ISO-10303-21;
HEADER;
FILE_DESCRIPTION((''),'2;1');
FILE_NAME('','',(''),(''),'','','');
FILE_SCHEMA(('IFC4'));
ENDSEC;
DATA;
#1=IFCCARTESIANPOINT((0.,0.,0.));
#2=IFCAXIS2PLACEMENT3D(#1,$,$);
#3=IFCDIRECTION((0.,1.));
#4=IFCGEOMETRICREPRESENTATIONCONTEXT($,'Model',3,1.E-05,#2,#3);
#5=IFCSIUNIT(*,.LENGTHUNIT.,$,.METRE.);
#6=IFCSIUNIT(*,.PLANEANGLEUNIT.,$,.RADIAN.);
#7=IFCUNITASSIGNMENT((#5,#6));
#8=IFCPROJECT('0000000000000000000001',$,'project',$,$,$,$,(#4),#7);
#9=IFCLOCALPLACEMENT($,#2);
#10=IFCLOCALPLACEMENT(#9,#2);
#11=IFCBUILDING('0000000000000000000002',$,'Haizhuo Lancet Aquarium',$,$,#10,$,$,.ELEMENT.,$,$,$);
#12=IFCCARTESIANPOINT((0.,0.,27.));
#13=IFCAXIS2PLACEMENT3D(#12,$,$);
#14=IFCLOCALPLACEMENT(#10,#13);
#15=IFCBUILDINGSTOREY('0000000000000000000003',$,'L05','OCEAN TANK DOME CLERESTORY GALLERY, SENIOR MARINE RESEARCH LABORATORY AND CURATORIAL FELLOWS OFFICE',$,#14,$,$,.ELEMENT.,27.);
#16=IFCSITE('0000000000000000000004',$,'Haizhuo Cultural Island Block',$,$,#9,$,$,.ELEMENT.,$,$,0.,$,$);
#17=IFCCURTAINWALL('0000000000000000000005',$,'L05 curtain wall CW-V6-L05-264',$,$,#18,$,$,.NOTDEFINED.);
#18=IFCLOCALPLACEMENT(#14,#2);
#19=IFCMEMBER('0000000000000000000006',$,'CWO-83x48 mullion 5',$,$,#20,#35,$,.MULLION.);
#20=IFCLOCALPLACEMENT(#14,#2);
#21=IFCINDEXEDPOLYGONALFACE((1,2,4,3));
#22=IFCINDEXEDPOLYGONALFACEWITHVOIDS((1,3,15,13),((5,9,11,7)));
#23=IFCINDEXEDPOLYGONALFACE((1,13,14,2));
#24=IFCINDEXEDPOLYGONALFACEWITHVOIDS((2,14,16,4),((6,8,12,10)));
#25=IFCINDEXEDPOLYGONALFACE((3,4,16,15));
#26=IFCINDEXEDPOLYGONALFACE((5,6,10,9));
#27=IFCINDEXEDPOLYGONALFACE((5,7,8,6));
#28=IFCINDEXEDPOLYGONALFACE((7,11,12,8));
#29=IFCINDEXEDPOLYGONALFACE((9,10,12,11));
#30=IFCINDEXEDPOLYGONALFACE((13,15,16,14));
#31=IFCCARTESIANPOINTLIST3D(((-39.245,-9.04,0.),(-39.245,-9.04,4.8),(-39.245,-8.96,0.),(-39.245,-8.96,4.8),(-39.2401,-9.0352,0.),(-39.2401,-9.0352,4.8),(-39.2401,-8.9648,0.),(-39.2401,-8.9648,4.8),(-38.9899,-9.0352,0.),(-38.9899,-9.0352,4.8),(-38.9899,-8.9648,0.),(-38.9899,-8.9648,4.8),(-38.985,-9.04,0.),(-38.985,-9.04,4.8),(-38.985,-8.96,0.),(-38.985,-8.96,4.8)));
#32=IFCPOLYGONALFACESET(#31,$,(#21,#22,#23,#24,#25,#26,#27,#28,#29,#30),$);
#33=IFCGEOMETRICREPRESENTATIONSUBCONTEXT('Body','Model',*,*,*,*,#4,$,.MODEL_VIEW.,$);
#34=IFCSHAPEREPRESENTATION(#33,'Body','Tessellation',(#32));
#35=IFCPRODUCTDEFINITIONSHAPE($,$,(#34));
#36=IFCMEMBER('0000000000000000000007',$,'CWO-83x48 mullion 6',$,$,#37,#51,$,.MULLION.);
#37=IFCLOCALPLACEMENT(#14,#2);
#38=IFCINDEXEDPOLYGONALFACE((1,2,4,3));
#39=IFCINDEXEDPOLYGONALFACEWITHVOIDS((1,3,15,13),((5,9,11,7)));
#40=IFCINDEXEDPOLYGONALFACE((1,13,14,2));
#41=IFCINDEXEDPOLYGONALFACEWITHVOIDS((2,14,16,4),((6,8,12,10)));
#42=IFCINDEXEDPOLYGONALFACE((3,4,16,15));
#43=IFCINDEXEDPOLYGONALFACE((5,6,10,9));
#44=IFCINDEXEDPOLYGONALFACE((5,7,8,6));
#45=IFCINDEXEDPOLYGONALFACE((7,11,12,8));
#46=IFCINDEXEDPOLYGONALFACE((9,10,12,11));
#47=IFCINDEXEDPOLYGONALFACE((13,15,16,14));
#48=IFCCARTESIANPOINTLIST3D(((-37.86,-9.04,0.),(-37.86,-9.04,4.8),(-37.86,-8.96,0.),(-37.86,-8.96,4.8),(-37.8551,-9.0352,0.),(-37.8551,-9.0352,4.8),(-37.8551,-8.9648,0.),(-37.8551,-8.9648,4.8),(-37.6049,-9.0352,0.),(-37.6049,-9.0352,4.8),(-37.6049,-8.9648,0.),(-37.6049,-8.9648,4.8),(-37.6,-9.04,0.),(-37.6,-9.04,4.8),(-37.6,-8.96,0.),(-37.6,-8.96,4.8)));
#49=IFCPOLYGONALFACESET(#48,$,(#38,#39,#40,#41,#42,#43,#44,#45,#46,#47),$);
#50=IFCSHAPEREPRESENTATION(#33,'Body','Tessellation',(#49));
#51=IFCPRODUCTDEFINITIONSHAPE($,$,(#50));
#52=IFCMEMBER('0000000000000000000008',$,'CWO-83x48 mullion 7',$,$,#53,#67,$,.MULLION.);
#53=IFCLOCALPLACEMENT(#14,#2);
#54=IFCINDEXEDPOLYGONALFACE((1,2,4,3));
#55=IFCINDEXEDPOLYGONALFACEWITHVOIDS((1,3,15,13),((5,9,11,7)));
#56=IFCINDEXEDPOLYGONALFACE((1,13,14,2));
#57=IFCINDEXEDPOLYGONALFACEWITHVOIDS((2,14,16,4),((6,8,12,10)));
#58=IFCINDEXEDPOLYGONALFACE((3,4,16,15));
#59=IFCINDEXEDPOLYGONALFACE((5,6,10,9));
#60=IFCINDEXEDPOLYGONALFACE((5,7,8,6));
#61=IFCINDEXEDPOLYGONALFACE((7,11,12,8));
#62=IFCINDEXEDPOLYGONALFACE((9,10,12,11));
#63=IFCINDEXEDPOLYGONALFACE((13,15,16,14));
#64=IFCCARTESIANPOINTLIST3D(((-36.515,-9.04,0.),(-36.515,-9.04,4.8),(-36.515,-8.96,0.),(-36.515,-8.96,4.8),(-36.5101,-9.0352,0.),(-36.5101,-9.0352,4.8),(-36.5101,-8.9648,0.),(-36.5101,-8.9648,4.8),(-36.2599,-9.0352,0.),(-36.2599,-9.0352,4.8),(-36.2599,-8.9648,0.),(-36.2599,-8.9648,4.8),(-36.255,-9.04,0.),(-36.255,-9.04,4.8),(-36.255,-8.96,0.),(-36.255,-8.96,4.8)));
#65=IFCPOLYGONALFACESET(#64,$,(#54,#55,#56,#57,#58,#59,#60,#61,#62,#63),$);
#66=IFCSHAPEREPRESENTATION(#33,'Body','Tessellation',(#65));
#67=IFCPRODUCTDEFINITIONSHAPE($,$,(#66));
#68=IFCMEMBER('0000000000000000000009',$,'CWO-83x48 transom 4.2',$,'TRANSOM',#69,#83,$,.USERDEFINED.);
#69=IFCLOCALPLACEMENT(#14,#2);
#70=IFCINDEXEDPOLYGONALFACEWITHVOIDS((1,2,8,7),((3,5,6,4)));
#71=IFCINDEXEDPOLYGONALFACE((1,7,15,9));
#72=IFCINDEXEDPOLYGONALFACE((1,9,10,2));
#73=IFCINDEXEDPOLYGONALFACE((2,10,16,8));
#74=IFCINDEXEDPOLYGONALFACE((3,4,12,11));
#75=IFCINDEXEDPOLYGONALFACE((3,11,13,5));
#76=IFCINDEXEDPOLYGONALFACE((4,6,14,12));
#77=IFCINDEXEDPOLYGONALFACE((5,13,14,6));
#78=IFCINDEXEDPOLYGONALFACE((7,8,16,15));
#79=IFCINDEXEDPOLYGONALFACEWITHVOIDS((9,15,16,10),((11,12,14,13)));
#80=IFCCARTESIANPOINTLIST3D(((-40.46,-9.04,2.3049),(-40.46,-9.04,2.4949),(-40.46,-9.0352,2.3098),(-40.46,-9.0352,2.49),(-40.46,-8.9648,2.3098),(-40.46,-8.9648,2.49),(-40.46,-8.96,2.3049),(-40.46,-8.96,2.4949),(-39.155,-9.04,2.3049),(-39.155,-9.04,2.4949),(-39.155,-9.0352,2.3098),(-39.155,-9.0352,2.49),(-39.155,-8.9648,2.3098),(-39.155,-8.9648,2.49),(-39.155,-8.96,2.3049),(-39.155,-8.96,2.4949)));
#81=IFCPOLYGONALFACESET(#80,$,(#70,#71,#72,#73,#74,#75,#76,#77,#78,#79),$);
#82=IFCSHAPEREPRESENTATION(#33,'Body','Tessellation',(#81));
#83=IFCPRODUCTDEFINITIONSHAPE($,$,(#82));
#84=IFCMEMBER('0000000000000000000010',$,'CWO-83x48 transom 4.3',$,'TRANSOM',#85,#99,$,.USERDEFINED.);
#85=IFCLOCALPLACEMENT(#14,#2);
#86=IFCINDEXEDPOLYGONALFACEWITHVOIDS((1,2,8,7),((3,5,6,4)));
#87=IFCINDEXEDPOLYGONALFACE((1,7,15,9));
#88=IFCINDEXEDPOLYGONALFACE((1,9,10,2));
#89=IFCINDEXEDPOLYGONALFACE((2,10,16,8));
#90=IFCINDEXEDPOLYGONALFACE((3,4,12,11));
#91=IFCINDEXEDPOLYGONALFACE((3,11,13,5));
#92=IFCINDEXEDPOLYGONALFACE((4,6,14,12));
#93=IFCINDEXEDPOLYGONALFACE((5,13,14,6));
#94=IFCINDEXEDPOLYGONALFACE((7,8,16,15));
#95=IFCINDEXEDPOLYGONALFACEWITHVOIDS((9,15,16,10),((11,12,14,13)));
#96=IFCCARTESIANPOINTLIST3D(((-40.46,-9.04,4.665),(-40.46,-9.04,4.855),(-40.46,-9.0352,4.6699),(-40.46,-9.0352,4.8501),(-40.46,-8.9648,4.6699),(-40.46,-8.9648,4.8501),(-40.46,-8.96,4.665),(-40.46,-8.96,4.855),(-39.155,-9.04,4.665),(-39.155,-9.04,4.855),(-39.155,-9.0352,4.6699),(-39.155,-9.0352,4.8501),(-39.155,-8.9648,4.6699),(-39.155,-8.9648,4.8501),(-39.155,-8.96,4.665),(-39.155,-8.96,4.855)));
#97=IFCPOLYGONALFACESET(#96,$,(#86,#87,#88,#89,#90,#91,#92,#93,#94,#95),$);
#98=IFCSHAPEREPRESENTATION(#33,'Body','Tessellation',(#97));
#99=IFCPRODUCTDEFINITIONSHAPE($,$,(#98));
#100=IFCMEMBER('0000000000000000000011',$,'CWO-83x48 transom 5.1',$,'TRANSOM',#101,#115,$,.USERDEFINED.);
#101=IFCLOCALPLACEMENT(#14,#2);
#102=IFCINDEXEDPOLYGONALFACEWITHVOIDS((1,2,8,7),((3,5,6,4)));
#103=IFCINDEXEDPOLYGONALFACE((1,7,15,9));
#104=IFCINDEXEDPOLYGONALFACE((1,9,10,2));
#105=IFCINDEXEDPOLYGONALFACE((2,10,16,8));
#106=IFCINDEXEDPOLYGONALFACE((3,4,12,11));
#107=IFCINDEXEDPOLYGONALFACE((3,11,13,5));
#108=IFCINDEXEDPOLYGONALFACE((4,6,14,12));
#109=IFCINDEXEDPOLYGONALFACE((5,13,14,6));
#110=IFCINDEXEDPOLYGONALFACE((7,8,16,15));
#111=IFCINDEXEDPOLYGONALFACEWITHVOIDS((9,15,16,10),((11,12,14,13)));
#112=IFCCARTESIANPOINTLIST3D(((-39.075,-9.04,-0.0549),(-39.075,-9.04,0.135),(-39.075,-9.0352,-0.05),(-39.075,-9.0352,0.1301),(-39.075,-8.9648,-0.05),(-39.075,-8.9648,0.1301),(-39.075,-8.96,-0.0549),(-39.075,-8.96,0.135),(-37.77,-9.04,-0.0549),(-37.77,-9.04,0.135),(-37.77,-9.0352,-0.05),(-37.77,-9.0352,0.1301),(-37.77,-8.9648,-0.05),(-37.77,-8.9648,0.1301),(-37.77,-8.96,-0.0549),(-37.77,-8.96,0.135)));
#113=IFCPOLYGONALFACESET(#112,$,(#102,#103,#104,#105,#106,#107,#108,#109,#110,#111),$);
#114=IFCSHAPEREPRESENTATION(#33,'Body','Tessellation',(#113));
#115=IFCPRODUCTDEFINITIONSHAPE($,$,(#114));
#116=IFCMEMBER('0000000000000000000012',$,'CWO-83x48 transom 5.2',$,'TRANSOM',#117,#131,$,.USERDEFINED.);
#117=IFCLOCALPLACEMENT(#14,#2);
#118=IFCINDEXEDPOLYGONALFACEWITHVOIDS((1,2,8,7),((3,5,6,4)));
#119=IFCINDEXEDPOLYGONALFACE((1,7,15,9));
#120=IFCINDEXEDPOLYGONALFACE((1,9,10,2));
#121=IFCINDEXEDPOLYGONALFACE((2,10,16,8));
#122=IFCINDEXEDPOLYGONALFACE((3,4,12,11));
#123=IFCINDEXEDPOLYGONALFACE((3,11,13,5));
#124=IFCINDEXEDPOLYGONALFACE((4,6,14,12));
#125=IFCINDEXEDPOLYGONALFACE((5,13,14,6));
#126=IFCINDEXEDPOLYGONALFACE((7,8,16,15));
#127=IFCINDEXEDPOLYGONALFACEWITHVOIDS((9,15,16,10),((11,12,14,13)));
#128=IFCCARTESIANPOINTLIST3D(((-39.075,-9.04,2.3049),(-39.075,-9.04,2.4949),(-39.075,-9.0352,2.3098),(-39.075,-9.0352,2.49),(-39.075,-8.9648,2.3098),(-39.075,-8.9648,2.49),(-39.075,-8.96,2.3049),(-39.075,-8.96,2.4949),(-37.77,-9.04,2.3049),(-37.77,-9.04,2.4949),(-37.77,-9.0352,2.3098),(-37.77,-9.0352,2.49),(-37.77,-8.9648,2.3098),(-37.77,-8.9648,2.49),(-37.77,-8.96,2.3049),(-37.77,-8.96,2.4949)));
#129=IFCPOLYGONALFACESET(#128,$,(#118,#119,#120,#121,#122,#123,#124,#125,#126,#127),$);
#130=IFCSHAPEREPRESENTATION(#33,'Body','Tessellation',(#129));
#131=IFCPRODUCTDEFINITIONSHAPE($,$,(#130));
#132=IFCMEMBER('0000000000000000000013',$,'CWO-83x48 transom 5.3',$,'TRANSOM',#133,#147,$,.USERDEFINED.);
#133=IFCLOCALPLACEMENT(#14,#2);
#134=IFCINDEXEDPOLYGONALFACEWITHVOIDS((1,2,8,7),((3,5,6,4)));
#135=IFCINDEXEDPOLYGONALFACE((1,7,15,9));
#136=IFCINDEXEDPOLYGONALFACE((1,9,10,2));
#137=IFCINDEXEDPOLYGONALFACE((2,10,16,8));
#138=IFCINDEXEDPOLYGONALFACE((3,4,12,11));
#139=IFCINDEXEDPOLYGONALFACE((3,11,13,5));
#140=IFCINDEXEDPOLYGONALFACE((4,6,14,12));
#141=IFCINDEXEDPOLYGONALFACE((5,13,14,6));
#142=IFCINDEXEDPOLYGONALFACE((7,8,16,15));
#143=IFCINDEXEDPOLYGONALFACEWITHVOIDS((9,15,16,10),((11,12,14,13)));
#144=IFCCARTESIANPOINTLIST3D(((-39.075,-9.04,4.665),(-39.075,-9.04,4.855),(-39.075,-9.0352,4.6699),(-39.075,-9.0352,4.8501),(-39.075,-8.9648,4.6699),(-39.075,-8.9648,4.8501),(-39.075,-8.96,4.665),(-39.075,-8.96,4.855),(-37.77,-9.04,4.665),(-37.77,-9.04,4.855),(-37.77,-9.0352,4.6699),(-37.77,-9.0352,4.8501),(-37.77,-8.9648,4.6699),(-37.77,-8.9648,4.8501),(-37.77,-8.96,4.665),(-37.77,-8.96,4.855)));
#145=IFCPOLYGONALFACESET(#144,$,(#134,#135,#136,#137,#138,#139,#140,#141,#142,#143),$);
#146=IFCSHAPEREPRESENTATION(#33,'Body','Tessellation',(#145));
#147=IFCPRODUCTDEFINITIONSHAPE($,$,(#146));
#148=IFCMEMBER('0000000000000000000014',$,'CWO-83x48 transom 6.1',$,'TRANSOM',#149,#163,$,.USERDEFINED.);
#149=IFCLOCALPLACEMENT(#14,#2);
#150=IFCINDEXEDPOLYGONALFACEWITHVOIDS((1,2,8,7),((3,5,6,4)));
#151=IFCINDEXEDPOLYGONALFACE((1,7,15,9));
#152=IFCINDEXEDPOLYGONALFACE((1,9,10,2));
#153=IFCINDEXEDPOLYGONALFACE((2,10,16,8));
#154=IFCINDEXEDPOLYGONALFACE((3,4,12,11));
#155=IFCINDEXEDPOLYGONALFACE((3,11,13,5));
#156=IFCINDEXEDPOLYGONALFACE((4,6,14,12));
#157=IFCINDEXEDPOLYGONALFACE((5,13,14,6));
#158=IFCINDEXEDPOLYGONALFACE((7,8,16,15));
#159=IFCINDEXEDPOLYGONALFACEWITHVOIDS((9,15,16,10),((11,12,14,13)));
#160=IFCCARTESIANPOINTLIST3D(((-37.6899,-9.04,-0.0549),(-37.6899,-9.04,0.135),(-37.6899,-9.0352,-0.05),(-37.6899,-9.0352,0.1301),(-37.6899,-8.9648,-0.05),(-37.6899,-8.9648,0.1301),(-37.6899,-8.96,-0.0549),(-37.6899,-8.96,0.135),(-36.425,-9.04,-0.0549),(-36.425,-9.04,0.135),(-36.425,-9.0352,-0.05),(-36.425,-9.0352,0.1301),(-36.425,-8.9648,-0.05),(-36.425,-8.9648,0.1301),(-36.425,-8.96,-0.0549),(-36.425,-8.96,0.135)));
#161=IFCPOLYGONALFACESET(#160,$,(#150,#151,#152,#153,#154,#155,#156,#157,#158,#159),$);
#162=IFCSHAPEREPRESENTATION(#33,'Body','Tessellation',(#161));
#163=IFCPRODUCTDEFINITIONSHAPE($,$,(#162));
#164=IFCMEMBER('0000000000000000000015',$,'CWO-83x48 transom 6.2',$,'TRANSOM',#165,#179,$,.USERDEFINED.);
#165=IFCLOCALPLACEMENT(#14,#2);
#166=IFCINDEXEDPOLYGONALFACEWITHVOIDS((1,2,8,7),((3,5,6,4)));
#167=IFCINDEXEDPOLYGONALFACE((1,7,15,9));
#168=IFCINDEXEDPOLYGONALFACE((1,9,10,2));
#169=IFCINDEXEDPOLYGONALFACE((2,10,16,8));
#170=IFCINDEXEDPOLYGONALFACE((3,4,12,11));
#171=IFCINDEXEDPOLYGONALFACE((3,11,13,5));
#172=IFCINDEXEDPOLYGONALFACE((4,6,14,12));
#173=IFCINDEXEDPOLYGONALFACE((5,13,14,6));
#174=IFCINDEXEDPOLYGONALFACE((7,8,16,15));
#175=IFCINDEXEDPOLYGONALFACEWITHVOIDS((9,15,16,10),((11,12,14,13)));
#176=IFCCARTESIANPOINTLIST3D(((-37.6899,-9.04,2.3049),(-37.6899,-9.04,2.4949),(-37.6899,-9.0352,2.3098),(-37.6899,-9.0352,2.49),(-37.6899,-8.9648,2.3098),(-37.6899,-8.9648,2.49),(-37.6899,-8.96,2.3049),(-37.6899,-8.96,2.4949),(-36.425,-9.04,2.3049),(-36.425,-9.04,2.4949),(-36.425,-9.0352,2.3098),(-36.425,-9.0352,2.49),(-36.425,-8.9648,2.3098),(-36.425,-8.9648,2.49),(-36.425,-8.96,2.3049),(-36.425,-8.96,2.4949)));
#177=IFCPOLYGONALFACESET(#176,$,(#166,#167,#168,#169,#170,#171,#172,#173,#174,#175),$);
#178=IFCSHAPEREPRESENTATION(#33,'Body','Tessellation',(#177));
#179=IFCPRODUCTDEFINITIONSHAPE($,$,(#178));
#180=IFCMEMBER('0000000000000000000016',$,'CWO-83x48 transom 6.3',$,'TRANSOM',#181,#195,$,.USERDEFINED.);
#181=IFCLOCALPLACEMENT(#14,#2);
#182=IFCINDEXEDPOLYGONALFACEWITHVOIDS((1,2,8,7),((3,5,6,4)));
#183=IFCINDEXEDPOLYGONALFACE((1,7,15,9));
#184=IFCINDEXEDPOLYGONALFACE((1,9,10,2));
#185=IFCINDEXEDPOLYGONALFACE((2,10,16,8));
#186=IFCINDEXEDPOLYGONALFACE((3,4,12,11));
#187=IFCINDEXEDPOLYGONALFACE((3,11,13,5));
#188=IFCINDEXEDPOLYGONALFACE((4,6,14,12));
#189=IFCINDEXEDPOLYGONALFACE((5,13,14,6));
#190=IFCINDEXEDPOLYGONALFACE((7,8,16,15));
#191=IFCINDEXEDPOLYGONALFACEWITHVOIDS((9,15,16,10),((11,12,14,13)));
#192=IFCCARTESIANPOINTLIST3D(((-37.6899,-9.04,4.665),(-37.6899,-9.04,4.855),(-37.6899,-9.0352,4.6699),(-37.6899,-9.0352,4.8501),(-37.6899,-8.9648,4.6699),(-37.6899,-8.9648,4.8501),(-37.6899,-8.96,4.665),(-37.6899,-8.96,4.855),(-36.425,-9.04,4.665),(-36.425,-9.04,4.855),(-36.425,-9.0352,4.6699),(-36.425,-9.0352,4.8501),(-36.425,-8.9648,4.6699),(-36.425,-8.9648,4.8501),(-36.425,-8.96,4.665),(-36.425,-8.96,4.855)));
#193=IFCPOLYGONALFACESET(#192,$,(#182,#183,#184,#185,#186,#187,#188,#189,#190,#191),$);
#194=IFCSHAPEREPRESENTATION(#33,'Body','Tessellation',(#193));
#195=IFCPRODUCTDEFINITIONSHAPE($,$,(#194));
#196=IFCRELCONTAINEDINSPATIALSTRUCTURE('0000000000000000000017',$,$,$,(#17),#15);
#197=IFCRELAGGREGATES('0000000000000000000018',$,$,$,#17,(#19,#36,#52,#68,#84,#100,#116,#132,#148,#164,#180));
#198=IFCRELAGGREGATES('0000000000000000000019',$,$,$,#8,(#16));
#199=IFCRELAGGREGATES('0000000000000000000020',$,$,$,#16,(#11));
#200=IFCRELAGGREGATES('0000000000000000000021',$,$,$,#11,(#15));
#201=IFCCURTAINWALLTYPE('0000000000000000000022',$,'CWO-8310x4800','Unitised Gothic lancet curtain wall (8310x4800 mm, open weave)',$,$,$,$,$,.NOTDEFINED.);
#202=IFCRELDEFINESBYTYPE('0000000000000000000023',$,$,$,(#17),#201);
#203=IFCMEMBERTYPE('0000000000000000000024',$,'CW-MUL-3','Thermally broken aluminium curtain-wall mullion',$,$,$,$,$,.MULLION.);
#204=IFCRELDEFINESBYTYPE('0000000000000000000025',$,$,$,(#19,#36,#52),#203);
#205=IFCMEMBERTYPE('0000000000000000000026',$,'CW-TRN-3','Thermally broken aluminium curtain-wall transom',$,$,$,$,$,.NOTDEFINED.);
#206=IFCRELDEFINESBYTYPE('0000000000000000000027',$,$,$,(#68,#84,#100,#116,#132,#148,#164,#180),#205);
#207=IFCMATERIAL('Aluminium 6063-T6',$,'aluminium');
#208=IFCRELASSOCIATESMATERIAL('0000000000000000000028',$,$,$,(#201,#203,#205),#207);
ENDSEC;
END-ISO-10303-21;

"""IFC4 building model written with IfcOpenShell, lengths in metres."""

from ifc_helpers import new_model, si_unit, direction, frame, origin, origin_2d, place, context, subcontext, project, spatial, hollow_rectangle, extrude, material, material_profile, profile_set, type_object, element, aggregate, save


model = new_model("IFC4")

# Units and contexts
model_context = context("Model", 3, precision=1e-05, world=origin(), true_north=direction((0.0, 1.0)))
body_context = subcontext(model_context, "Body", "Model", "MODEL_VIEW")
ifc_project = project(units=[si_unit("LENGTHUNIT", "METRE"), si_unit("PLANEANGLEUNIT", "RADIAN")], contexts=[model_context])

# Site, building, storey
site_placement = place(None, origin())
site = spatial("IfcSite", under=ifc_project, at=site_placement, Name="Haizhuo Cultural Island Block", CompositionType="ELEMENT", RefElevation=0.0)
building_placement = place(site_placement, origin())
building = spatial("IfcBuilding", under=site, at=building_placement, Name="Haizhuo Lancet Aquarium", CompositionType="ELEMENT")
storey_placement = place(building_placement, frame((0.0, 0.0, 27.0)))
storey = spatial("IfcBuildingStorey", under=building, at=storey_placement, Name="L05", Description="OCEAN TANK DOME CLERESTORY GALLERY, SENIOR MARINE RESEARCH LABORATORY AND CURATORIAL FELLOWS OFFICE", CompositionType="ELEMENT", Elevation=27.0)

# Curtain wall, members
ifc_material_1 = material(Name="Aluminium 6063-T6", Category="aluminium")
curtain_wall_type = type_object("IfcCurtainWallType", Name="CWO-8310x4800", Description="Unitised Gothic lancet curtain wall (8310x4800 mm, open weave)", PredefinedType="NOTDEFINED", material=ifc_material_1)
curtain_wall_placement = place(storey_placement, origin())
curtain_wall = element("IfcCurtainWall", 1, at=curtain_wall_placement, inside=storey, type_object=curtain_wall_type, Name="L05 curtain wall CW-V6-L05-264", PredefinedType="NOTDEFINED")
ifc_material_profile_1 = material_profile(ifc_material_1, hollow_rectangle(XDim=0.0801, YDim=0.26, WallThickness=0.0049, at=origin_2d()), Name="ALU-M 80x260x5")
ifc_profile_set_1 = profile_set([ifc_material_profile_1], Name="Aluminium 6063-T6")
member_type_1 = type_object("IfcMemberType", Name="CW-MUL-3", Description="Thermally broken aluminium curtain-wall mullion", PredefinedType="MULLION", material=ifc_profile_set_1)
member_1_placement = place(storey_placement, frame((-39.115, -9.0, 0.0), z_axis=(0.0, 0.0, 1.0), x_axis=(0.0, 1.0, 0.0)))
member_1 = element("IfcMember", 2, at=member_1_placement, type_object=member_type_1, Name="CWO-83x48 mullion 5", PredefinedType="MULLION", context=body_context, shape_type="SweptSolid", body=[
    extrude(hollow_rectangle(XDim=0.0801, YDim=0.26, WallThickness=0.0049, at=origin_2d()), origin(), (0.0, 0.0, 1.0), 4.8),
])
member_2_placement = place(storey_placement, frame((-37.73, -9.0, 0.0), z_axis=(0.0, 0.0, 1.0), x_axis=(0.0, 1.0, 0.0)))
member_2 = element("IfcMember", 3, at=member_2_placement, type_object=member_type_1, Name="CWO-83x48 mullion 6", PredefinedType="MULLION", context=body_context, shape_type="SweptSolid", body=[
    extrude(hollow_rectangle(XDim=0.0801, YDim=0.26, WallThickness=0.0049, at=origin_2d()), origin(), (0.0, 0.0, 1.0), 4.8),
])
member_3_placement = place(storey_placement, frame((-36.385, -9.0, 0.0), z_axis=(0.0, 0.0, 1.0), x_axis=(0.0, 1.0, 0.0)))
member_3 = element("IfcMember", 4, at=member_3_placement, type_object=member_type_1, Name="CWO-83x48 mullion 7", PredefinedType="MULLION", context=body_context, shape_type="SweptSolid", body=[
    extrude(hollow_rectangle(XDim=0.0801, YDim=0.26, WallThickness=0.0049, at=origin_2d()), origin(), (0.0, 0.0, 1.0), 4.8),
])
ifc_material_profile_2 = material_profile(ifc_material_1, hollow_rectangle(XDim=0.0801, YDim=0.1899, WallThickness=0.0049, at=origin_2d()), Name="ALU-T 80x190x5")
ifc_profile_set_2 = profile_set([ifc_material_profile_2], Name="Aluminium 6063-T6")
member_type_2 = type_object("IfcMemberType", Name="CW-TRN-3", Description="Thermally broken aluminium curtain-wall transom", PredefinedType="NOTDEFINED", material=ifc_profile_set_2)
member_4_placement = place(storey_placement, frame((-40.46, -9.0, 2.3999), z_axis=(1.0, 0.0, 0.0), x_axis=(0.0, 1.0, 0.0)))
member_4 = element("IfcMember", 5, at=member_4_placement, type_object=member_type_2, Name="CWO-83x48 transom 4.2", ObjectType="TRANSOM", PredefinedType="USERDEFINED", context=body_context, shape_type="SweptSolid", body=[
    extrude(hollow_rectangle(XDim=0.0801, YDim=0.1899, WallThickness=0.0049, at=origin_2d()), origin(), (0.0, 0.0, 1.0), 1.3049),
])
member_5_placement = place(storey_placement, frame((-40.46, -9.0, 4.76), z_axis=(1.0, 0.0, 0.0), x_axis=(0.0, 1.0, 0.0)))
member_5 = element("IfcMember", 6, at=member_5_placement, type_object=member_type_2, Name="CWO-83x48 transom 4.3", ObjectType="TRANSOM", PredefinedType="USERDEFINED", context=body_context, shape_type="SweptSolid", body=[
    extrude(hollow_rectangle(XDim=0.0801, YDim=0.1899, WallThickness=0.0049, at=origin_2d()), origin(), (0.0, 0.0, 1.0), 1.3049),
])
member_6_placement = place(storey_placement, frame((-39.075, -9.0, 0.04), z_axis=(1.0, 0.0, 0.0), x_axis=(0.0, 1.0, 0.0)))
member_6 = element("IfcMember", 7, at=member_6_placement, type_object=member_type_2, Name="CWO-83x48 transom 5.1", ObjectType="TRANSOM", PredefinedType="USERDEFINED", context=body_context, shape_type="SweptSolid", body=[
    extrude(hollow_rectangle(XDim=0.0801, YDim=0.1899, WallThickness=0.0049, at=origin_2d()), origin(), (0.0, 0.0, 1.0), 1.3049),
])
member_7_placement = place(storey_placement, frame((-39.075, -9.0, 2.3999), z_axis=(1.0, 0.0, 0.0), x_axis=(0.0, 1.0, 0.0)))
member_7 = element("IfcMember", 8, at=member_7_placement, type_object=member_type_2, Name="CWO-83x48 transom 5.2", ObjectType="TRANSOM", PredefinedType="USERDEFINED", context=body_context, shape_type="SweptSolid", body=[
    extrude(hollow_rectangle(XDim=0.0801, YDim=0.1899, WallThickness=0.0049, at=origin_2d()), origin(), (0.0, 0.0, 1.0), 1.3049),
])
member_8_placement = place(storey_placement, frame((-39.075, -9.0, 4.76), z_axis=(1.0, 0.0, 0.0), x_axis=(0.0, 1.0, 0.0)))
member_8 = element("IfcMember", 9, at=member_8_placement, type_object=member_type_2, Name="CWO-83x48 transom 5.3", ObjectType="TRANSOM", PredefinedType="USERDEFINED", context=body_context, shape_type="SweptSolid", body=[
    extrude(hollow_rectangle(XDim=0.0801, YDim=0.1899, WallThickness=0.0049, at=origin_2d()), origin(), (0.0, 0.0, 1.0), 1.3049),
])
member_9_placement = place(storey_placement, frame((-37.6899, -9.0, 0.04), z_axis=(1.0, 0.0, 0.0), x_axis=(0.0, 1.0, 0.0)))
member_9 = element("IfcMember", 10, at=member_9_placement, type_object=member_type_2, Name="CWO-83x48 transom 6.1", ObjectType="TRANSOM", PredefinedType="USERDEFINED", context=body_context, shape_type="SweptSolid", body=[
    extrude(hollow_rectangle(XDim=0.0801, YDim=0.1899, WallThickness=0.0049, at=origin_2d()), origin(), (0.0, 0.0, 1.0), 1.2649),
])
member_10_placement = place(storey_placement, frame((-37.6899, -9.0, 2.3999), z_axis=(1.0, 0.0, 0.0), x_axis=(0.0, 1.0, 0.0)))
member_10 = element("IfcMember", 11, at=member_10_placement, type_object=member_type_2, Name="CWO-83x48 transom 6.2", ObjectType="TRANSOM", PredefinedType="USERDEFINED", context=body_context, shape_type="SweptSolid", body=[
    extrude(hollow_rectangle(XDim=0.0801, YDim=0.1899, WallThickness=0.0049, at=origin_2d()), origin(), (0.0, 0.0, 1.0), 1.2649),
])
member_11_placement = place(storey_placement, frame((-37.6899, -9.0, 4.76), z_axis=(1.0, 0.0, 0.0), x_axis=(0.0, 1.0, 0.0)))
member_11 = element("IfcMember", 12, at=member_11_placement, type_object=member_type_2, Name="CWO-83x48 transom 6.3", ObjectType="TRANSOM", PredefinedType="USERDEFINED", context=body_context, shape_type="SweptSolid", body=[
    extrude(hollow_rectangle(XDim=0.0801, YDim=0.1899, WallThickness=0.0049, at=origin_2d()), origin(), (0.0, 0.0, 1.0), 1.2649),
])

aggregate(curtain_wall, [member_1, member_2, member_3, member_4, member_5, member_6, member_7, member_8, member_9, member_10, member_11])

save(model, "model.ifc")
